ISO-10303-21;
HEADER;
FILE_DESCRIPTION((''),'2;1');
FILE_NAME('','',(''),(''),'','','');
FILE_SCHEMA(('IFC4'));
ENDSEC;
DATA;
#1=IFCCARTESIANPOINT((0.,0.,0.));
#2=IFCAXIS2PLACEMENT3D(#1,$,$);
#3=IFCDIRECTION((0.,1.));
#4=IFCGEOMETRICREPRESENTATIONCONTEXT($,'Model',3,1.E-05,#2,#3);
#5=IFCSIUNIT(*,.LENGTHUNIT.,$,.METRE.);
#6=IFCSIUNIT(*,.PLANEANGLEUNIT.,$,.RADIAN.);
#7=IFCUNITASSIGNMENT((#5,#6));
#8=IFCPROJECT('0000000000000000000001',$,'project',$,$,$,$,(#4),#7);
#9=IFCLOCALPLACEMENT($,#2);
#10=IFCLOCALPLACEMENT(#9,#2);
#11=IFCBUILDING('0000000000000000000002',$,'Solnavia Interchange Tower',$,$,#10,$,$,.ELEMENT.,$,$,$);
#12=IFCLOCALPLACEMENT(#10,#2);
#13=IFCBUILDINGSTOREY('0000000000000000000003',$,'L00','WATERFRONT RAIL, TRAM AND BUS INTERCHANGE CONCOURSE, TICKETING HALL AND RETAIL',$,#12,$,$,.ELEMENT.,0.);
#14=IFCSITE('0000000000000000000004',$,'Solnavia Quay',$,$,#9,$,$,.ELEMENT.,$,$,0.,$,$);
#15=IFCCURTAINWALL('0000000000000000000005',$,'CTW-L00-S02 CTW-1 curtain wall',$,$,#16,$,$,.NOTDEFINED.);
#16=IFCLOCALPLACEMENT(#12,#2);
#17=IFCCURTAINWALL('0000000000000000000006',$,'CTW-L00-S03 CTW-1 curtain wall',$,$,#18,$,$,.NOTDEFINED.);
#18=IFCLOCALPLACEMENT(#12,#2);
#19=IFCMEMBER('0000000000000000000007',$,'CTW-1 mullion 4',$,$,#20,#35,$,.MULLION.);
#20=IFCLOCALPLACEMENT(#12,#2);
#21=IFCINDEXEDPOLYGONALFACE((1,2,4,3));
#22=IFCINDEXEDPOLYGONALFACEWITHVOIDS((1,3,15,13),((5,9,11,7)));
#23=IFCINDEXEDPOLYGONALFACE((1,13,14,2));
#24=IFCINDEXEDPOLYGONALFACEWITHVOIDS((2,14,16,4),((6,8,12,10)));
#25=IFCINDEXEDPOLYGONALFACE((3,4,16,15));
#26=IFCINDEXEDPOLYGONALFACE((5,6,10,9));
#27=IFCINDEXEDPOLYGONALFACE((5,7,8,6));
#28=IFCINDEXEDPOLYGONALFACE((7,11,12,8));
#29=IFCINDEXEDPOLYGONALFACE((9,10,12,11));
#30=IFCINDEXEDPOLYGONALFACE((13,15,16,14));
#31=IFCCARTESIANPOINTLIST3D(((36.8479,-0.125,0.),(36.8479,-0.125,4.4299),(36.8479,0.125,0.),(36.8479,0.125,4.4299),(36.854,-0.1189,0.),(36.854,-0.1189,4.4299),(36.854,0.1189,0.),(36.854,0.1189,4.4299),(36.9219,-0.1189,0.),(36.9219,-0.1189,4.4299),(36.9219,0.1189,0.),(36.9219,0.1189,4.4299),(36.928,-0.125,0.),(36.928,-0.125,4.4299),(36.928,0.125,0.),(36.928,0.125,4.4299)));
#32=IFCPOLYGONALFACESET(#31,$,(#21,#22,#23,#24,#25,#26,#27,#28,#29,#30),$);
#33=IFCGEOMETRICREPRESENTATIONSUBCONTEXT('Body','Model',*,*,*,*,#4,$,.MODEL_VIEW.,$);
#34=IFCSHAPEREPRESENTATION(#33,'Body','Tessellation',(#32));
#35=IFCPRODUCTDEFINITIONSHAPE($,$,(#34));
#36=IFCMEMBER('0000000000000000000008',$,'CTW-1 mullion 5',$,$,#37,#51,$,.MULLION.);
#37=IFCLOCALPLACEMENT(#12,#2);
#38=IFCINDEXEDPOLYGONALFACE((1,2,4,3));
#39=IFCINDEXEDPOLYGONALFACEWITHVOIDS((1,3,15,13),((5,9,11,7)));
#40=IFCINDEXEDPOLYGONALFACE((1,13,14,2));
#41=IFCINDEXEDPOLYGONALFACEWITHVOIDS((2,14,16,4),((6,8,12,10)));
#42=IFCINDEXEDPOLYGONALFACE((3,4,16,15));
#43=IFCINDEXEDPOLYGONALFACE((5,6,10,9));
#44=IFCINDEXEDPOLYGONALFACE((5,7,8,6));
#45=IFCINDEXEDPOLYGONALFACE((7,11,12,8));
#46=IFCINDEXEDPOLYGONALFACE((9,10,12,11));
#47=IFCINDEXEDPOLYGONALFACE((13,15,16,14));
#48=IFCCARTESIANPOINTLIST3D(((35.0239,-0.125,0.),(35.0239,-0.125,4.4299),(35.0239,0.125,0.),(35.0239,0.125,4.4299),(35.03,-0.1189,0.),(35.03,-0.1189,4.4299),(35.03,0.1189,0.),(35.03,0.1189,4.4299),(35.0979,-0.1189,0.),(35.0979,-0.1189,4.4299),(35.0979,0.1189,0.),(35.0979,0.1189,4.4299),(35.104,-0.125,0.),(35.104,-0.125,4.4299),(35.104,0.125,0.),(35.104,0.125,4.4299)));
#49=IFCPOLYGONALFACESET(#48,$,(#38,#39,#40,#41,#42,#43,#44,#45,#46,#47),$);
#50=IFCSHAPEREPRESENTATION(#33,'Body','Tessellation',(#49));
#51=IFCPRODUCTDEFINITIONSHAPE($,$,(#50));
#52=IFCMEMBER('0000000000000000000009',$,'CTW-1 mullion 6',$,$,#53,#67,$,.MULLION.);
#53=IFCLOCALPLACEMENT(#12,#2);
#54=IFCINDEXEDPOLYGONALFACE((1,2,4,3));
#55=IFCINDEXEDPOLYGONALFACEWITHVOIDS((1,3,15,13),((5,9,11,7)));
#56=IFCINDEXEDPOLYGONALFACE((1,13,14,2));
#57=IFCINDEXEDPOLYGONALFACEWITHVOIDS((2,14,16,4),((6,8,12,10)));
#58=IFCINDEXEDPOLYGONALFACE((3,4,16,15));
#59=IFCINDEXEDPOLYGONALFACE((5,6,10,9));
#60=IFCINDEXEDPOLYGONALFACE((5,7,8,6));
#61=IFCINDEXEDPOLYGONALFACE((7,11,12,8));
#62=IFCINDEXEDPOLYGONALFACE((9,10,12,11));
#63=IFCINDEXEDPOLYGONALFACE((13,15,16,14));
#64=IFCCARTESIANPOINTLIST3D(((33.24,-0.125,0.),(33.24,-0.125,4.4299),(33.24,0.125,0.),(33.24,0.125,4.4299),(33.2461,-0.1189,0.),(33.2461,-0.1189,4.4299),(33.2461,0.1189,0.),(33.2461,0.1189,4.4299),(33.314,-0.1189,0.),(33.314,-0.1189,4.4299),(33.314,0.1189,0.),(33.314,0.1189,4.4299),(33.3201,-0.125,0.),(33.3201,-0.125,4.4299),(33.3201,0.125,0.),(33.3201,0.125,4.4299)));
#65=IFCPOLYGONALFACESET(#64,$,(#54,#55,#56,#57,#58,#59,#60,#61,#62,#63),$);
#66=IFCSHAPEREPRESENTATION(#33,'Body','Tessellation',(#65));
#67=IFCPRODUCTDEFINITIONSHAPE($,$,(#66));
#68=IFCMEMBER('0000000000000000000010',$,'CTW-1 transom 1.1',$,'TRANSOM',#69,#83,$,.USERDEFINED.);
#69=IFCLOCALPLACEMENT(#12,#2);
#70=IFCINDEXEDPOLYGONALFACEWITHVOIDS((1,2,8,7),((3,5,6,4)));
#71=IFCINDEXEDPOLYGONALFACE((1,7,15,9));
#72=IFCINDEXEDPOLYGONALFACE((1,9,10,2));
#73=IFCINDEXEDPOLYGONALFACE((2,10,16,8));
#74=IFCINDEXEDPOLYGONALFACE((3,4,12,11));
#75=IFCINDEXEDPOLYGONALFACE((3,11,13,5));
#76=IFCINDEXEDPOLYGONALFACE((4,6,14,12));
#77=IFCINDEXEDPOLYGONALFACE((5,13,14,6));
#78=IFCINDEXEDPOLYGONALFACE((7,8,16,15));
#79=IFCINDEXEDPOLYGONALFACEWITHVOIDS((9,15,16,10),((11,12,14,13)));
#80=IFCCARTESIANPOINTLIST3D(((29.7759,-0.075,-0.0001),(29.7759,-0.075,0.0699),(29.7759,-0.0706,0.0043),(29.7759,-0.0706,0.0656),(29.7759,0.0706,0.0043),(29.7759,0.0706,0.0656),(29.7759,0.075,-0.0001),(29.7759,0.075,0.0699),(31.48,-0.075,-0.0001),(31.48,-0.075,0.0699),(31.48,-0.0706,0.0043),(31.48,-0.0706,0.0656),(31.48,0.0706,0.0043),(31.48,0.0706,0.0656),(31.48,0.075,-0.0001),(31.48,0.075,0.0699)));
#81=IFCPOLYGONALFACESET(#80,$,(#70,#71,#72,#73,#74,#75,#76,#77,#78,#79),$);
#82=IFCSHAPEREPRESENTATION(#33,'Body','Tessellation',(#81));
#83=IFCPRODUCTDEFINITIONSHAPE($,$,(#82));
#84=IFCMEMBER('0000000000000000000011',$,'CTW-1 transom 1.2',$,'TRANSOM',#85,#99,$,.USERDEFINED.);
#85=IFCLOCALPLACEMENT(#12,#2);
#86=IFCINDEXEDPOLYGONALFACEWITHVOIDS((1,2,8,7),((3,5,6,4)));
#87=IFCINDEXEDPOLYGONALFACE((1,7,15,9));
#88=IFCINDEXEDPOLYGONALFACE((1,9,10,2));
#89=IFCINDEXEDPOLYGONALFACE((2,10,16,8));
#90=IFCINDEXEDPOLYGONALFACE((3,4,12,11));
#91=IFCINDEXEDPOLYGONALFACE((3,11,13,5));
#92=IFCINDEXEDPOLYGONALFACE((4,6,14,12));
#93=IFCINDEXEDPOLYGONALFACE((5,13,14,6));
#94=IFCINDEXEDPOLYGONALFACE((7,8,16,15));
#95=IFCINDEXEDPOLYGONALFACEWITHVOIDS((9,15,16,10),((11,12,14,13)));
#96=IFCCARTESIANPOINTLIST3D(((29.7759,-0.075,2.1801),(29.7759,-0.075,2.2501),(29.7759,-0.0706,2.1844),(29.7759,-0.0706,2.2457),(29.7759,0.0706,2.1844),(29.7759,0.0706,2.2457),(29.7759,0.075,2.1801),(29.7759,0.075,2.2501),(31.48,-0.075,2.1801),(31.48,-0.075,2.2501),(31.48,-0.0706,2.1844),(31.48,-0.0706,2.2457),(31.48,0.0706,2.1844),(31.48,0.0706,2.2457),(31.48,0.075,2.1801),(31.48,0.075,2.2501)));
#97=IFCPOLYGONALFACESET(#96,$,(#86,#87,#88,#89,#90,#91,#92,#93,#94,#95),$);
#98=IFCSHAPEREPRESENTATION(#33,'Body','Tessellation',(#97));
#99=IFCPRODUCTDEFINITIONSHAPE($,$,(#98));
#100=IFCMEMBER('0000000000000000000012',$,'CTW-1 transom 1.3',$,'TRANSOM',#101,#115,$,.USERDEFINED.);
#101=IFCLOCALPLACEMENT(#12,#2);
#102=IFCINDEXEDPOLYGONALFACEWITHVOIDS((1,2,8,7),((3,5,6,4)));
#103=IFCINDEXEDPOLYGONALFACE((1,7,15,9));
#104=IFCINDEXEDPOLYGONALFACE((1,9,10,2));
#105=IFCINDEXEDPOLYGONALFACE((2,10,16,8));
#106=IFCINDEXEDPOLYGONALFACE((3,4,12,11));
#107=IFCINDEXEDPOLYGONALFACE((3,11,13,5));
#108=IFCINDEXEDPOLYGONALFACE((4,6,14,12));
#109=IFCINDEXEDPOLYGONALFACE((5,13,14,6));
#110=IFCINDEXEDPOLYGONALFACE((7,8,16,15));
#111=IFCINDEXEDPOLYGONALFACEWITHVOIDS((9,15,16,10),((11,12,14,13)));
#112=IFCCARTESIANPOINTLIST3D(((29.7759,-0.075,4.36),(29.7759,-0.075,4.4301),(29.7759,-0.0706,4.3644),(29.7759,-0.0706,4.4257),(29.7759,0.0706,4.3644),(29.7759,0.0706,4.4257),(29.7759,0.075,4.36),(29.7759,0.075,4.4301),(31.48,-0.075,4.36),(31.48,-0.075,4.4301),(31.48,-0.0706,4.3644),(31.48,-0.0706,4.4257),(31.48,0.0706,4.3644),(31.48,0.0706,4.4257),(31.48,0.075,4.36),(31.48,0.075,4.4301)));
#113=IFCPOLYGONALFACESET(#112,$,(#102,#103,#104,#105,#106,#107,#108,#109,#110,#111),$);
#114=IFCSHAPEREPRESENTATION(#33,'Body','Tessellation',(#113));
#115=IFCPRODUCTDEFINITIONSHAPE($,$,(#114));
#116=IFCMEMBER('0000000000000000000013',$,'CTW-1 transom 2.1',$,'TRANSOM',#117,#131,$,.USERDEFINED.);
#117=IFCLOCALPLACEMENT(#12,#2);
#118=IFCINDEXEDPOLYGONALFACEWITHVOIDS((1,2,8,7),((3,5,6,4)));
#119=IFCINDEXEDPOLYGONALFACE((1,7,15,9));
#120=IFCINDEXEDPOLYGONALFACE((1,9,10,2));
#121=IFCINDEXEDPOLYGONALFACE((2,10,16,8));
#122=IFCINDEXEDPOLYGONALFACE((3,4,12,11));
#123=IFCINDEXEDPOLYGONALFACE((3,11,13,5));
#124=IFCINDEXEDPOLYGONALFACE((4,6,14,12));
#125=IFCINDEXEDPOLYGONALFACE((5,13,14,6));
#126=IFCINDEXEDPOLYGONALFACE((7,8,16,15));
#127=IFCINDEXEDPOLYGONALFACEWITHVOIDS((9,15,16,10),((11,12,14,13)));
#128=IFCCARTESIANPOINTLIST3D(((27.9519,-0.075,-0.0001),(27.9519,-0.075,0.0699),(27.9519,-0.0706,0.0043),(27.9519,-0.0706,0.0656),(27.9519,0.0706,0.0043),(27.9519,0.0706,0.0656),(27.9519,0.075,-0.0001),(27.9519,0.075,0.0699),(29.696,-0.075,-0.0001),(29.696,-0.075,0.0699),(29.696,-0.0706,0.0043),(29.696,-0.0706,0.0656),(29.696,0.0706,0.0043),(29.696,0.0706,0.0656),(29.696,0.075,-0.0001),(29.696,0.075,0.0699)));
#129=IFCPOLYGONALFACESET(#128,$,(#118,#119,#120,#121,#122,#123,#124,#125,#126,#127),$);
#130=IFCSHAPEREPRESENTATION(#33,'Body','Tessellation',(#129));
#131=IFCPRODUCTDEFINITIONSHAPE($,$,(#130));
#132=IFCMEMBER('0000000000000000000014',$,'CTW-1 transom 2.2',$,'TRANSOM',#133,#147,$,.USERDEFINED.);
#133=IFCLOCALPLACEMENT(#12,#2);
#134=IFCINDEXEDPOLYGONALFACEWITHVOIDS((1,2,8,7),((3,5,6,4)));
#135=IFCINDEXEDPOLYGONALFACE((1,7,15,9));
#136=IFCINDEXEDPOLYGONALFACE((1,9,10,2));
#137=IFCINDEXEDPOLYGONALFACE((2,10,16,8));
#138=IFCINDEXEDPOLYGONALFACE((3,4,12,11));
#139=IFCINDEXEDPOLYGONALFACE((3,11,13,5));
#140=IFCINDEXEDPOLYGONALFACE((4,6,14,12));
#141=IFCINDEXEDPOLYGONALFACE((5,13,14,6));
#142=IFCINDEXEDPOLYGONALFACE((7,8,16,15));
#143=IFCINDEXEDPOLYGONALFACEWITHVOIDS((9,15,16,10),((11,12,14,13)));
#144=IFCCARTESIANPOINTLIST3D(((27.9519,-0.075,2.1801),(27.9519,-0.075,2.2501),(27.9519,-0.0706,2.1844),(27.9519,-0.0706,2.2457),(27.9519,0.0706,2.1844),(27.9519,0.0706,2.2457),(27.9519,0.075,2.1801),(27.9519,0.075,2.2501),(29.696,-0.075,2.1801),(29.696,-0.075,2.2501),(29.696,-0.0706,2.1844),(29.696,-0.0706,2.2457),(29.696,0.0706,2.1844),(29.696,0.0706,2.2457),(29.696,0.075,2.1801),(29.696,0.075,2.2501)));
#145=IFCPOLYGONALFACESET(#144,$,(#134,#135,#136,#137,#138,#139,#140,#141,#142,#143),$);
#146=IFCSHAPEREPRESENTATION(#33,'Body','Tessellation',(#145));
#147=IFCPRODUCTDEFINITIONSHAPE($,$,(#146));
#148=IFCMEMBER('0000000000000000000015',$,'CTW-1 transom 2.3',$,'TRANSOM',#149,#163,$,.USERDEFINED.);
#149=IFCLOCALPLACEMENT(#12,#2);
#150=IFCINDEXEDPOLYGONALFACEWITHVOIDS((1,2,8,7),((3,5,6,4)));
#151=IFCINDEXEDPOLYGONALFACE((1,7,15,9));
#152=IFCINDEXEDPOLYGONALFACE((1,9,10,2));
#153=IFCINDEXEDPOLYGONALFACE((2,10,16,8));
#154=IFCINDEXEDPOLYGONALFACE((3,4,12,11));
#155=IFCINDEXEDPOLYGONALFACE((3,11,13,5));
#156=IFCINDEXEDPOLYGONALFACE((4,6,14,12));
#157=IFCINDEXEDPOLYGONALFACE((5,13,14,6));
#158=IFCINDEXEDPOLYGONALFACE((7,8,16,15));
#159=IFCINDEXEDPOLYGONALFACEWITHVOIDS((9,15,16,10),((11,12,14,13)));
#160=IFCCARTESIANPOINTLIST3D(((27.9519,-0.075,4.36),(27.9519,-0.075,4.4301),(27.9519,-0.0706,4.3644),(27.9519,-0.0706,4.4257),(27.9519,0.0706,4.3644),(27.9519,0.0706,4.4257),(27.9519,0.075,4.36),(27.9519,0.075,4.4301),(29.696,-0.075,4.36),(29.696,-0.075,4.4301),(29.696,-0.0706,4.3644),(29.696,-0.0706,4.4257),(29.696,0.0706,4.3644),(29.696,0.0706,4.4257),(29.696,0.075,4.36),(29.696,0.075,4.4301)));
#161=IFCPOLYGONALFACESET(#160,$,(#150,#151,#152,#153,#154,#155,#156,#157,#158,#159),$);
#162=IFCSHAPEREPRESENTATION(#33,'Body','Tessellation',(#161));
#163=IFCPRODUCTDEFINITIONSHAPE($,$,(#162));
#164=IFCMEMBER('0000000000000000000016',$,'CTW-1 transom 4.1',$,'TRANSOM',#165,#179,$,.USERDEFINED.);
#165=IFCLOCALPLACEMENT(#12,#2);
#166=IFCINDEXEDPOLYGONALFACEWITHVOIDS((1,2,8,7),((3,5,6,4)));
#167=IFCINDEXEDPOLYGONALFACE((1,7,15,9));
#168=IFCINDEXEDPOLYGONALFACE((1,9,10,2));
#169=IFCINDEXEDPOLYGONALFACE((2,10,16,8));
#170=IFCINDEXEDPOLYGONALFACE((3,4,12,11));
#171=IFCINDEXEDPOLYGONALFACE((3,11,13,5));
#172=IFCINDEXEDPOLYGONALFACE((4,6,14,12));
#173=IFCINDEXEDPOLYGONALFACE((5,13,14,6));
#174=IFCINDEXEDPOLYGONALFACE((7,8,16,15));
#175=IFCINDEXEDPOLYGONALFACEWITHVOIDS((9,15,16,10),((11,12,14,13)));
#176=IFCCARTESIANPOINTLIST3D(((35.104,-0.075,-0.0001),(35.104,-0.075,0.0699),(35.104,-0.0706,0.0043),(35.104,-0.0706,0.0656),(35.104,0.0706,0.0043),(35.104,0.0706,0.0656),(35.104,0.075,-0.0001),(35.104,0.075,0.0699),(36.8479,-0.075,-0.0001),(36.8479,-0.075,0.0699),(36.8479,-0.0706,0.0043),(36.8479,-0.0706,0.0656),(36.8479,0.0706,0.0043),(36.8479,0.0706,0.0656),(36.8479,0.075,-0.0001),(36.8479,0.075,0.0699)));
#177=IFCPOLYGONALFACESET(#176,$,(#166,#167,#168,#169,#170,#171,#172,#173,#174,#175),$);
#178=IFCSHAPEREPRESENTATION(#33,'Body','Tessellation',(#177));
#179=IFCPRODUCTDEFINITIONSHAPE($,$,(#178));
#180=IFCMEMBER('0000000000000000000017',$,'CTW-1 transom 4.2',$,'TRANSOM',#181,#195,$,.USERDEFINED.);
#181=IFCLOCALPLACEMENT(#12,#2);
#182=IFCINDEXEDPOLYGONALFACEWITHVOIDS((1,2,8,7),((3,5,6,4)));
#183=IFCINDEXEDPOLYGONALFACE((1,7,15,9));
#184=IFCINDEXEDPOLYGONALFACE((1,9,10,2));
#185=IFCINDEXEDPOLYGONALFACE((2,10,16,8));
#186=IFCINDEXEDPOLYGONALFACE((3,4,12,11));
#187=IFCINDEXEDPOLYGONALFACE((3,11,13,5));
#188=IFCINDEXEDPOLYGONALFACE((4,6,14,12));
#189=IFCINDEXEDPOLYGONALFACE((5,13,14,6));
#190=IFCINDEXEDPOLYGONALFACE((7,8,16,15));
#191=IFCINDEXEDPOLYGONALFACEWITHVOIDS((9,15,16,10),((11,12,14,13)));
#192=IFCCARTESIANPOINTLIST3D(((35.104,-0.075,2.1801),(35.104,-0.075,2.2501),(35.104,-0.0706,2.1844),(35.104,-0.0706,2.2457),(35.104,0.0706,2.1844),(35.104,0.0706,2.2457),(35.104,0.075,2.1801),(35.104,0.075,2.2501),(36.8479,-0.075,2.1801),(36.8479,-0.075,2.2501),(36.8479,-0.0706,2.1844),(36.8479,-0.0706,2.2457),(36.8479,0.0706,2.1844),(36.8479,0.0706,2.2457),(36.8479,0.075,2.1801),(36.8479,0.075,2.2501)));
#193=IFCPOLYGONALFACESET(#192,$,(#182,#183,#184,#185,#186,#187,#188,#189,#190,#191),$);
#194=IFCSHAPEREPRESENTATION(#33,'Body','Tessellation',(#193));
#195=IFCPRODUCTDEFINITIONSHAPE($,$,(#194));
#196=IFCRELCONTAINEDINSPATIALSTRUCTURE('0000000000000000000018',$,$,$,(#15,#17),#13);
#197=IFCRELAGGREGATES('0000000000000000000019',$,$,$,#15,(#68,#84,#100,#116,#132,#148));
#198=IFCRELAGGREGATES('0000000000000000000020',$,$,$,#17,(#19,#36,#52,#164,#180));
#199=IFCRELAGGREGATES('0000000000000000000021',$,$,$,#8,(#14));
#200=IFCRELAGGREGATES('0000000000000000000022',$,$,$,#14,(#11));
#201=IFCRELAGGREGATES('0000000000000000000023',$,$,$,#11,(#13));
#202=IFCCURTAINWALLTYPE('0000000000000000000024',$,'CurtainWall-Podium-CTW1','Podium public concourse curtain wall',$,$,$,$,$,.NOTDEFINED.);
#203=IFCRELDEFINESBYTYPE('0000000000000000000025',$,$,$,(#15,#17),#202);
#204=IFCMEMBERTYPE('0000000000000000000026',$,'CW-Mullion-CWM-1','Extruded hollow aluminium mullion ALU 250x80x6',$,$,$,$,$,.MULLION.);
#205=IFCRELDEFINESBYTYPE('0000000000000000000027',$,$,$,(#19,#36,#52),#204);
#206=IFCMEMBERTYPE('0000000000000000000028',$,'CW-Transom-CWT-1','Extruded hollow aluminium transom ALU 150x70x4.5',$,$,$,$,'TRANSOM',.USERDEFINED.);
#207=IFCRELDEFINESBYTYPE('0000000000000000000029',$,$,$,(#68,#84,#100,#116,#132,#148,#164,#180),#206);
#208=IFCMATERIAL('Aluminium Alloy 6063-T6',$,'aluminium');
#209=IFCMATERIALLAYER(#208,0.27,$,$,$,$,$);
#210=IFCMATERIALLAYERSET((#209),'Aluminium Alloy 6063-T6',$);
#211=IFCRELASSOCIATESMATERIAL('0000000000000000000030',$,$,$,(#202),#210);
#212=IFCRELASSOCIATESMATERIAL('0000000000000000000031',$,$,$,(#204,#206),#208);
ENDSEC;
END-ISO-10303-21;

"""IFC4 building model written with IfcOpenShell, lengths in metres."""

from ifc_helpers import new_model, si_unit, direction, frame, origin, origin_2d, place, context, subcontext, project, spatial, hollow_rectangle, extrude, material, layer, layer_set, material_profile, profile_set, type_object, element, aggregate, save


model = new_model("IFC4")

# Units and contexts
model_context = context("Model", 3, precision=1e-05, world=origin(), true_north=direction((0.0, 1.0)))
body_context = subcontext(model_context, "Body", "Model", "MODEL_VIEW")
ifc_project = project(units=[si_unit("LENGTHUNIT", "METRE"), si_unit("PLANEANGLEUNIT", "RADIAN")], contexts=[model_context])

# Site, building, storey
site_placement = place(None, origin())
site = spatial("IfcSite", under=ifc_project, at=site_placement, Name="Solnavia Quay", CompositionType="ELEMENT", RefElevation=0.0)
building_placement = place(site_placement, origin())
building = spatial("IfcBuilding", under=site, at=building_placement, Name="Solnavia Interchange Tower", CompositionType="ELEMENT")
storey_placement = place(building_placement, origin())
storey = spatial("IfcBuildingStorey", under=building, at=storey_placement, Name="L00", Description="WATERFRONT RAIL, TRAM AND BUS INTERCHANGE CONCOURSE, TICKETING HALL AND RETAIL", CompositionType="ELEMENT", Elevation=0.0)

# Curtain walls, members
ifc_material_1 = material(Name="Aluminium Alloy 6063-T6", Category="aluminium")
ifc_layer_1 = layer(ifc_material_1, 0.27)
ifc_layer_set_1 = layer_set([ifc_layer_1], Name="Aluminium Alloy 6063-T6")
curtain_wall_type = type_object("IfcCurtainWallType", Name="CurtainWall-Podium-CTW1", Description="Podium public concourse curtain wall", PredefinedType="NOTDEFINED", material=ifc_layer_set_1)
curtain_wall_1_placement = place(storey_placement, origin())
curtain_wall_1 = element("IfcCurtainWall", 1, at=curtain_wall_1_placement, inside=storey, type_object=curtain_wall_type, Name="CTW-L00-S02 CTW-1 curtain wall", PredefinedType="NOTDEFINED")
ifc_material_profile_1 = material_profile(ifc_material_1, hollow_rectangle(XDim=0.0801, YDim=0.25, WallThickness=0.0061, at=origin_2d()), Name="ALU 250x80x6")
ifc_profile_set_1 = profile_set([ifc_material_profile_1], Name="Aluminium Alloy 6063-T6")
member_type_1 = type_object("IfcMemberType", Name="CW-Mullion-CWM-1", Description="Extruded hollow aluminium mullion ALU 250x80x6", PredefinedType="MULLION", material=ifc_profile_set_1)
curtain_wall_2_placement = place(storey_placement, origin())
curtain_wall_2 = element("IfcCurtainWall", 2, at=curtain_wall_2_placement, inside=storey, type_object=curtain_wall_type, Name="CTW-L00-S03 CTW-1 curtain wall", PredefinedType="NOTDEFINED")
member_1_placement = place(storey_placement, frame((36.8879, 0.0, 0.0), z_axis=(0.0, 0.0, 1.0), x_axis=(-1.0, 0.0, 0.0)))
member_1 = element("IfcMember", 3, at=member_1_placement, type_object=member_type_1, Name="CTW-1 mullion 4", PredefinedType="MULLION", context=body_context, shape_type="SweptSolid", body=[
    extrude(hollow_rectangle(XDim=0.0801, YDim=0.25, WallThickness=0.0061, at=origin_2d()), origin(), (0.0, 0.0, 1.0), 4.4299),
])
member_2_placement = place(storey_placement, frame((35.064, 0.0, 0.0), z_axis=(0.0, 0.0, 1.0), x_axis=(-1.0, 0.0, 0.0)))
member_2 = element("IfcMember", 4, at=member_2_placement, type_object=member_type_1, Name="CTW-1 mullion 5", PredefinedType="MULLION", context=body_context, shape_type="SweptSolid", body=[
    extrude(hollow_rectangle(XDim=0.0801, YDim=0.25, WallThickness=0.0061, at=origin_2d()), origin(), (0.0, 0.0, 1.0), 4.4299),
])
member_3_placement = place(storey_placement, frame((33.28, 0.0, 0.0), z_axis=(0.0, 0.0, 1.0), x_axis=(-1.0, 0.0, 0.0)))
member_3 = element("IfcMember", 5, at=member_3_placement, type_object=member_type_1, Name="CTW-1 mullion 6", PredefinedType="MULLION", context=body_context, shape_type="SweptSolid", body=[
    extrude(hollow_rectangle(XDim=0.0801, YDim=0.25, WallThickness=0.0061, at=origin_2d()), origin(), (0.0, 0.0, 1.0), 4.4299),
])

# Members
ifc_material_profile_2 = material_profile(ifc_material_1, hollow_rectangle(XDim=0.0701, YDim=0.1499, WallThickness=0.0044, at=origin_2d()), Name="ALU 150x70x4.5")
ifc_profile_set_2 = profile_set([ifc_material_profile_2], Name="Aluminium Alloy 6063-T6")
member_type_2 = type_object("IfcMemberType", Name="CW-Transom-CWT-1", Description="Extruded hollow aluminium transom ALU 150x70x4.5", ElementType="TRANSOM", PredefinedType="USERDEFINED", material=ifc_profile_set_2)
member_4_placement = place(storey_placement, frame((31.48, 0.0, 0.0349), z_axis=(-1.0, 0.0, 0.0), x_axis=(0.0, 0.0, 1.0)))
member_4 = element("IfcMember", 6, at=member_4_placement, type_object=member_type_2, Name="CTW-1 transom 1.1", ObjectType="TRANSOM", PredefinedType="USERDEFINED", context=body_context, shape_type="SweptSolid", body=[
    extrude(hollow_rectangle(XDim=0.0701, YDim=0.1499, WallThickness=0.0044, at=origin_2d()), origin(), (0.0, 0.0, 1.0), 1.7041),
])
member_5_placement = place(storey_placement, frame((31.48, 0.0, 2.2151), z_axis=(-1.0, 0.0, 0.0), x_axis=(0.0, 0.0, 1.0)))
member_5 = element("IfcMember", 7, at=member_5_placement, type_object=member_type_2, Name="CTW-1 transom 1.2", ObjectType="TRANSOM", PredefinedType="USERDEFINED", context=body_context, shape_type="SweptSolid", body=[
    extrude(hollow_rectangle(XDim=0.0701, YDim=0.1499, WallThickness=0.0044, at=origin_2d()), origin(), (0.0, 0.0, 1.0), 1.7041),
])
member_6_placement = place(storey_placement, frame((31.48, 0.0, 4.395), z_axis=(-1.0, 0.0, 0.0), x_axis=(0.0, 0.0, 1.0)))
member_6 = element("IfcMember", 8, at=member_6_placement, type_object=member_type_2, Name="CTW-1 transom 1.3", ObjectType="TRANSOM", PredefinedType="USERDEFINED", context=body_context, shape_type="SweptSolid", body=[
    extrude(hollow_rectangle(XDim=0.0701, YDim=0.1499, WallThickness=0.0044, at=origin_2d()), origin(), (0.0, 0.0, 1.0), 1.7041),
])
member_7_placement = place(storey_placement, frame((29.696, 0.0, 0.0349), z_axis=(-1.0, 0.0, 0.0), x_axis=(0.0, 0.0, 1.0)))
member_7 = element("IfcMember", 9, at=member_7_placement, type_object=member_type_2, Name="CTW-1 transom 2.1", ObjectType="TRANSOM", PredefinedType="USERDEFINED", context=body_context, shape_type="SweptSolid", body=[
    extrude(hollow_rectangle(XDim=0.0701, YDim=0.1499, WallThickness=0.0044, at=origin_2d()), origin(), (0.0, 0.0, 1.0), 1.7441),
])
member_8_placement = place(storey_placement, frame((29.696, 0.0, 2.2151), z_axis=(-1.0, 0.0, 0.0), x_axis=(0.0, 0.0, 1.0)))
member_8 = element("IfcMember", 10, at=member_8_placement, type_object=member_type_2, Name="CTW-1 transom 2.2", ObjectType="TRANSOM", PredefinedType="USERDEFINED", context=body_context, shape_type="SweptSolid", body=[
    extrude(hollow_rectangle(XDim=0.0701, YDim=0.1499, WallThickness=0.0044, at=origin_2d()), origin(), (0.0, 0.0, 1.0), 1.7441),
])
member_9_placement = place(storey_placement, frame((29.696, 0.0, 4.395), z_axis=(-1.0, 0.0, 0.0), x_axis=(0.0, 0.0, 1.0)))
member_9 = element("IfcMember", 11, at=member_9_placement, type_object=member_type_2, Name="CTW-1 transom 2.3", ObjectType="TRANSOM", PredefinedType="USERDEFINED", context=body_context, shape_type="SweptSolid", body=[
    extrude(hollow_rectangle(XDim=0.0701, YDim=0.1499, WallThickness=0.0044, at=origin_2d()), origin(), (0.0, 0.0, 1.0), 1.7441),
])
member_10_placement = place(storey_placement, frame((36.8479, 0.0, 0.0349), z_axis=(-1.0, 0.0, 0.0), x_axis=(0.0, 0.0, 1.0)))
member_10 = element("IfcMember", 12, at=member_10_placement, type_object=member_type_2, Name="CTW-1 transom 4.1", ObjectType="TRANSOM", PredefinedType="USERDEFINED", context=body_context, shape_type="SweptSolid", body=[
    extrude(hollow_rectangle(XDim=0.0701, YDim=0.1499, WallThickness=0.0044, at=origin_2d()), origin(), (0.0, 0.0, 1.0), 1.7439),
])
member_11_placement = place(storey_placement, frame((36.8479, 0.0, 2.2151), z_axis=(-1.0, 0.0, 0.0), x_axis=(0.0, 0.0, 1.0)))
member_11 = element("IfcMember", 13, at=member_11_placement, type_object=member_type_2, Name="CTW-1 transom 4.2", ObjectType="TRANSOM", PredefinedType="USERDEFINED", context=body_context, shape_type="SweptSolid", body=[
    extrude(hollow_rectangle(XDim=0.0701, YDim=0.1499, WallThickness=0.0044, at=origin_2d()), origin(), (0.0, 0.0, 1.0), 1.7439),
])

aggregate(curtain_wall_1, [member_4, member_5, member_6, member_7, member_8, member_9])
aggregate(curtain_wall_2, [member_1, member_2, member_3, member_10, member_11])

save(model, "model.ifc")
